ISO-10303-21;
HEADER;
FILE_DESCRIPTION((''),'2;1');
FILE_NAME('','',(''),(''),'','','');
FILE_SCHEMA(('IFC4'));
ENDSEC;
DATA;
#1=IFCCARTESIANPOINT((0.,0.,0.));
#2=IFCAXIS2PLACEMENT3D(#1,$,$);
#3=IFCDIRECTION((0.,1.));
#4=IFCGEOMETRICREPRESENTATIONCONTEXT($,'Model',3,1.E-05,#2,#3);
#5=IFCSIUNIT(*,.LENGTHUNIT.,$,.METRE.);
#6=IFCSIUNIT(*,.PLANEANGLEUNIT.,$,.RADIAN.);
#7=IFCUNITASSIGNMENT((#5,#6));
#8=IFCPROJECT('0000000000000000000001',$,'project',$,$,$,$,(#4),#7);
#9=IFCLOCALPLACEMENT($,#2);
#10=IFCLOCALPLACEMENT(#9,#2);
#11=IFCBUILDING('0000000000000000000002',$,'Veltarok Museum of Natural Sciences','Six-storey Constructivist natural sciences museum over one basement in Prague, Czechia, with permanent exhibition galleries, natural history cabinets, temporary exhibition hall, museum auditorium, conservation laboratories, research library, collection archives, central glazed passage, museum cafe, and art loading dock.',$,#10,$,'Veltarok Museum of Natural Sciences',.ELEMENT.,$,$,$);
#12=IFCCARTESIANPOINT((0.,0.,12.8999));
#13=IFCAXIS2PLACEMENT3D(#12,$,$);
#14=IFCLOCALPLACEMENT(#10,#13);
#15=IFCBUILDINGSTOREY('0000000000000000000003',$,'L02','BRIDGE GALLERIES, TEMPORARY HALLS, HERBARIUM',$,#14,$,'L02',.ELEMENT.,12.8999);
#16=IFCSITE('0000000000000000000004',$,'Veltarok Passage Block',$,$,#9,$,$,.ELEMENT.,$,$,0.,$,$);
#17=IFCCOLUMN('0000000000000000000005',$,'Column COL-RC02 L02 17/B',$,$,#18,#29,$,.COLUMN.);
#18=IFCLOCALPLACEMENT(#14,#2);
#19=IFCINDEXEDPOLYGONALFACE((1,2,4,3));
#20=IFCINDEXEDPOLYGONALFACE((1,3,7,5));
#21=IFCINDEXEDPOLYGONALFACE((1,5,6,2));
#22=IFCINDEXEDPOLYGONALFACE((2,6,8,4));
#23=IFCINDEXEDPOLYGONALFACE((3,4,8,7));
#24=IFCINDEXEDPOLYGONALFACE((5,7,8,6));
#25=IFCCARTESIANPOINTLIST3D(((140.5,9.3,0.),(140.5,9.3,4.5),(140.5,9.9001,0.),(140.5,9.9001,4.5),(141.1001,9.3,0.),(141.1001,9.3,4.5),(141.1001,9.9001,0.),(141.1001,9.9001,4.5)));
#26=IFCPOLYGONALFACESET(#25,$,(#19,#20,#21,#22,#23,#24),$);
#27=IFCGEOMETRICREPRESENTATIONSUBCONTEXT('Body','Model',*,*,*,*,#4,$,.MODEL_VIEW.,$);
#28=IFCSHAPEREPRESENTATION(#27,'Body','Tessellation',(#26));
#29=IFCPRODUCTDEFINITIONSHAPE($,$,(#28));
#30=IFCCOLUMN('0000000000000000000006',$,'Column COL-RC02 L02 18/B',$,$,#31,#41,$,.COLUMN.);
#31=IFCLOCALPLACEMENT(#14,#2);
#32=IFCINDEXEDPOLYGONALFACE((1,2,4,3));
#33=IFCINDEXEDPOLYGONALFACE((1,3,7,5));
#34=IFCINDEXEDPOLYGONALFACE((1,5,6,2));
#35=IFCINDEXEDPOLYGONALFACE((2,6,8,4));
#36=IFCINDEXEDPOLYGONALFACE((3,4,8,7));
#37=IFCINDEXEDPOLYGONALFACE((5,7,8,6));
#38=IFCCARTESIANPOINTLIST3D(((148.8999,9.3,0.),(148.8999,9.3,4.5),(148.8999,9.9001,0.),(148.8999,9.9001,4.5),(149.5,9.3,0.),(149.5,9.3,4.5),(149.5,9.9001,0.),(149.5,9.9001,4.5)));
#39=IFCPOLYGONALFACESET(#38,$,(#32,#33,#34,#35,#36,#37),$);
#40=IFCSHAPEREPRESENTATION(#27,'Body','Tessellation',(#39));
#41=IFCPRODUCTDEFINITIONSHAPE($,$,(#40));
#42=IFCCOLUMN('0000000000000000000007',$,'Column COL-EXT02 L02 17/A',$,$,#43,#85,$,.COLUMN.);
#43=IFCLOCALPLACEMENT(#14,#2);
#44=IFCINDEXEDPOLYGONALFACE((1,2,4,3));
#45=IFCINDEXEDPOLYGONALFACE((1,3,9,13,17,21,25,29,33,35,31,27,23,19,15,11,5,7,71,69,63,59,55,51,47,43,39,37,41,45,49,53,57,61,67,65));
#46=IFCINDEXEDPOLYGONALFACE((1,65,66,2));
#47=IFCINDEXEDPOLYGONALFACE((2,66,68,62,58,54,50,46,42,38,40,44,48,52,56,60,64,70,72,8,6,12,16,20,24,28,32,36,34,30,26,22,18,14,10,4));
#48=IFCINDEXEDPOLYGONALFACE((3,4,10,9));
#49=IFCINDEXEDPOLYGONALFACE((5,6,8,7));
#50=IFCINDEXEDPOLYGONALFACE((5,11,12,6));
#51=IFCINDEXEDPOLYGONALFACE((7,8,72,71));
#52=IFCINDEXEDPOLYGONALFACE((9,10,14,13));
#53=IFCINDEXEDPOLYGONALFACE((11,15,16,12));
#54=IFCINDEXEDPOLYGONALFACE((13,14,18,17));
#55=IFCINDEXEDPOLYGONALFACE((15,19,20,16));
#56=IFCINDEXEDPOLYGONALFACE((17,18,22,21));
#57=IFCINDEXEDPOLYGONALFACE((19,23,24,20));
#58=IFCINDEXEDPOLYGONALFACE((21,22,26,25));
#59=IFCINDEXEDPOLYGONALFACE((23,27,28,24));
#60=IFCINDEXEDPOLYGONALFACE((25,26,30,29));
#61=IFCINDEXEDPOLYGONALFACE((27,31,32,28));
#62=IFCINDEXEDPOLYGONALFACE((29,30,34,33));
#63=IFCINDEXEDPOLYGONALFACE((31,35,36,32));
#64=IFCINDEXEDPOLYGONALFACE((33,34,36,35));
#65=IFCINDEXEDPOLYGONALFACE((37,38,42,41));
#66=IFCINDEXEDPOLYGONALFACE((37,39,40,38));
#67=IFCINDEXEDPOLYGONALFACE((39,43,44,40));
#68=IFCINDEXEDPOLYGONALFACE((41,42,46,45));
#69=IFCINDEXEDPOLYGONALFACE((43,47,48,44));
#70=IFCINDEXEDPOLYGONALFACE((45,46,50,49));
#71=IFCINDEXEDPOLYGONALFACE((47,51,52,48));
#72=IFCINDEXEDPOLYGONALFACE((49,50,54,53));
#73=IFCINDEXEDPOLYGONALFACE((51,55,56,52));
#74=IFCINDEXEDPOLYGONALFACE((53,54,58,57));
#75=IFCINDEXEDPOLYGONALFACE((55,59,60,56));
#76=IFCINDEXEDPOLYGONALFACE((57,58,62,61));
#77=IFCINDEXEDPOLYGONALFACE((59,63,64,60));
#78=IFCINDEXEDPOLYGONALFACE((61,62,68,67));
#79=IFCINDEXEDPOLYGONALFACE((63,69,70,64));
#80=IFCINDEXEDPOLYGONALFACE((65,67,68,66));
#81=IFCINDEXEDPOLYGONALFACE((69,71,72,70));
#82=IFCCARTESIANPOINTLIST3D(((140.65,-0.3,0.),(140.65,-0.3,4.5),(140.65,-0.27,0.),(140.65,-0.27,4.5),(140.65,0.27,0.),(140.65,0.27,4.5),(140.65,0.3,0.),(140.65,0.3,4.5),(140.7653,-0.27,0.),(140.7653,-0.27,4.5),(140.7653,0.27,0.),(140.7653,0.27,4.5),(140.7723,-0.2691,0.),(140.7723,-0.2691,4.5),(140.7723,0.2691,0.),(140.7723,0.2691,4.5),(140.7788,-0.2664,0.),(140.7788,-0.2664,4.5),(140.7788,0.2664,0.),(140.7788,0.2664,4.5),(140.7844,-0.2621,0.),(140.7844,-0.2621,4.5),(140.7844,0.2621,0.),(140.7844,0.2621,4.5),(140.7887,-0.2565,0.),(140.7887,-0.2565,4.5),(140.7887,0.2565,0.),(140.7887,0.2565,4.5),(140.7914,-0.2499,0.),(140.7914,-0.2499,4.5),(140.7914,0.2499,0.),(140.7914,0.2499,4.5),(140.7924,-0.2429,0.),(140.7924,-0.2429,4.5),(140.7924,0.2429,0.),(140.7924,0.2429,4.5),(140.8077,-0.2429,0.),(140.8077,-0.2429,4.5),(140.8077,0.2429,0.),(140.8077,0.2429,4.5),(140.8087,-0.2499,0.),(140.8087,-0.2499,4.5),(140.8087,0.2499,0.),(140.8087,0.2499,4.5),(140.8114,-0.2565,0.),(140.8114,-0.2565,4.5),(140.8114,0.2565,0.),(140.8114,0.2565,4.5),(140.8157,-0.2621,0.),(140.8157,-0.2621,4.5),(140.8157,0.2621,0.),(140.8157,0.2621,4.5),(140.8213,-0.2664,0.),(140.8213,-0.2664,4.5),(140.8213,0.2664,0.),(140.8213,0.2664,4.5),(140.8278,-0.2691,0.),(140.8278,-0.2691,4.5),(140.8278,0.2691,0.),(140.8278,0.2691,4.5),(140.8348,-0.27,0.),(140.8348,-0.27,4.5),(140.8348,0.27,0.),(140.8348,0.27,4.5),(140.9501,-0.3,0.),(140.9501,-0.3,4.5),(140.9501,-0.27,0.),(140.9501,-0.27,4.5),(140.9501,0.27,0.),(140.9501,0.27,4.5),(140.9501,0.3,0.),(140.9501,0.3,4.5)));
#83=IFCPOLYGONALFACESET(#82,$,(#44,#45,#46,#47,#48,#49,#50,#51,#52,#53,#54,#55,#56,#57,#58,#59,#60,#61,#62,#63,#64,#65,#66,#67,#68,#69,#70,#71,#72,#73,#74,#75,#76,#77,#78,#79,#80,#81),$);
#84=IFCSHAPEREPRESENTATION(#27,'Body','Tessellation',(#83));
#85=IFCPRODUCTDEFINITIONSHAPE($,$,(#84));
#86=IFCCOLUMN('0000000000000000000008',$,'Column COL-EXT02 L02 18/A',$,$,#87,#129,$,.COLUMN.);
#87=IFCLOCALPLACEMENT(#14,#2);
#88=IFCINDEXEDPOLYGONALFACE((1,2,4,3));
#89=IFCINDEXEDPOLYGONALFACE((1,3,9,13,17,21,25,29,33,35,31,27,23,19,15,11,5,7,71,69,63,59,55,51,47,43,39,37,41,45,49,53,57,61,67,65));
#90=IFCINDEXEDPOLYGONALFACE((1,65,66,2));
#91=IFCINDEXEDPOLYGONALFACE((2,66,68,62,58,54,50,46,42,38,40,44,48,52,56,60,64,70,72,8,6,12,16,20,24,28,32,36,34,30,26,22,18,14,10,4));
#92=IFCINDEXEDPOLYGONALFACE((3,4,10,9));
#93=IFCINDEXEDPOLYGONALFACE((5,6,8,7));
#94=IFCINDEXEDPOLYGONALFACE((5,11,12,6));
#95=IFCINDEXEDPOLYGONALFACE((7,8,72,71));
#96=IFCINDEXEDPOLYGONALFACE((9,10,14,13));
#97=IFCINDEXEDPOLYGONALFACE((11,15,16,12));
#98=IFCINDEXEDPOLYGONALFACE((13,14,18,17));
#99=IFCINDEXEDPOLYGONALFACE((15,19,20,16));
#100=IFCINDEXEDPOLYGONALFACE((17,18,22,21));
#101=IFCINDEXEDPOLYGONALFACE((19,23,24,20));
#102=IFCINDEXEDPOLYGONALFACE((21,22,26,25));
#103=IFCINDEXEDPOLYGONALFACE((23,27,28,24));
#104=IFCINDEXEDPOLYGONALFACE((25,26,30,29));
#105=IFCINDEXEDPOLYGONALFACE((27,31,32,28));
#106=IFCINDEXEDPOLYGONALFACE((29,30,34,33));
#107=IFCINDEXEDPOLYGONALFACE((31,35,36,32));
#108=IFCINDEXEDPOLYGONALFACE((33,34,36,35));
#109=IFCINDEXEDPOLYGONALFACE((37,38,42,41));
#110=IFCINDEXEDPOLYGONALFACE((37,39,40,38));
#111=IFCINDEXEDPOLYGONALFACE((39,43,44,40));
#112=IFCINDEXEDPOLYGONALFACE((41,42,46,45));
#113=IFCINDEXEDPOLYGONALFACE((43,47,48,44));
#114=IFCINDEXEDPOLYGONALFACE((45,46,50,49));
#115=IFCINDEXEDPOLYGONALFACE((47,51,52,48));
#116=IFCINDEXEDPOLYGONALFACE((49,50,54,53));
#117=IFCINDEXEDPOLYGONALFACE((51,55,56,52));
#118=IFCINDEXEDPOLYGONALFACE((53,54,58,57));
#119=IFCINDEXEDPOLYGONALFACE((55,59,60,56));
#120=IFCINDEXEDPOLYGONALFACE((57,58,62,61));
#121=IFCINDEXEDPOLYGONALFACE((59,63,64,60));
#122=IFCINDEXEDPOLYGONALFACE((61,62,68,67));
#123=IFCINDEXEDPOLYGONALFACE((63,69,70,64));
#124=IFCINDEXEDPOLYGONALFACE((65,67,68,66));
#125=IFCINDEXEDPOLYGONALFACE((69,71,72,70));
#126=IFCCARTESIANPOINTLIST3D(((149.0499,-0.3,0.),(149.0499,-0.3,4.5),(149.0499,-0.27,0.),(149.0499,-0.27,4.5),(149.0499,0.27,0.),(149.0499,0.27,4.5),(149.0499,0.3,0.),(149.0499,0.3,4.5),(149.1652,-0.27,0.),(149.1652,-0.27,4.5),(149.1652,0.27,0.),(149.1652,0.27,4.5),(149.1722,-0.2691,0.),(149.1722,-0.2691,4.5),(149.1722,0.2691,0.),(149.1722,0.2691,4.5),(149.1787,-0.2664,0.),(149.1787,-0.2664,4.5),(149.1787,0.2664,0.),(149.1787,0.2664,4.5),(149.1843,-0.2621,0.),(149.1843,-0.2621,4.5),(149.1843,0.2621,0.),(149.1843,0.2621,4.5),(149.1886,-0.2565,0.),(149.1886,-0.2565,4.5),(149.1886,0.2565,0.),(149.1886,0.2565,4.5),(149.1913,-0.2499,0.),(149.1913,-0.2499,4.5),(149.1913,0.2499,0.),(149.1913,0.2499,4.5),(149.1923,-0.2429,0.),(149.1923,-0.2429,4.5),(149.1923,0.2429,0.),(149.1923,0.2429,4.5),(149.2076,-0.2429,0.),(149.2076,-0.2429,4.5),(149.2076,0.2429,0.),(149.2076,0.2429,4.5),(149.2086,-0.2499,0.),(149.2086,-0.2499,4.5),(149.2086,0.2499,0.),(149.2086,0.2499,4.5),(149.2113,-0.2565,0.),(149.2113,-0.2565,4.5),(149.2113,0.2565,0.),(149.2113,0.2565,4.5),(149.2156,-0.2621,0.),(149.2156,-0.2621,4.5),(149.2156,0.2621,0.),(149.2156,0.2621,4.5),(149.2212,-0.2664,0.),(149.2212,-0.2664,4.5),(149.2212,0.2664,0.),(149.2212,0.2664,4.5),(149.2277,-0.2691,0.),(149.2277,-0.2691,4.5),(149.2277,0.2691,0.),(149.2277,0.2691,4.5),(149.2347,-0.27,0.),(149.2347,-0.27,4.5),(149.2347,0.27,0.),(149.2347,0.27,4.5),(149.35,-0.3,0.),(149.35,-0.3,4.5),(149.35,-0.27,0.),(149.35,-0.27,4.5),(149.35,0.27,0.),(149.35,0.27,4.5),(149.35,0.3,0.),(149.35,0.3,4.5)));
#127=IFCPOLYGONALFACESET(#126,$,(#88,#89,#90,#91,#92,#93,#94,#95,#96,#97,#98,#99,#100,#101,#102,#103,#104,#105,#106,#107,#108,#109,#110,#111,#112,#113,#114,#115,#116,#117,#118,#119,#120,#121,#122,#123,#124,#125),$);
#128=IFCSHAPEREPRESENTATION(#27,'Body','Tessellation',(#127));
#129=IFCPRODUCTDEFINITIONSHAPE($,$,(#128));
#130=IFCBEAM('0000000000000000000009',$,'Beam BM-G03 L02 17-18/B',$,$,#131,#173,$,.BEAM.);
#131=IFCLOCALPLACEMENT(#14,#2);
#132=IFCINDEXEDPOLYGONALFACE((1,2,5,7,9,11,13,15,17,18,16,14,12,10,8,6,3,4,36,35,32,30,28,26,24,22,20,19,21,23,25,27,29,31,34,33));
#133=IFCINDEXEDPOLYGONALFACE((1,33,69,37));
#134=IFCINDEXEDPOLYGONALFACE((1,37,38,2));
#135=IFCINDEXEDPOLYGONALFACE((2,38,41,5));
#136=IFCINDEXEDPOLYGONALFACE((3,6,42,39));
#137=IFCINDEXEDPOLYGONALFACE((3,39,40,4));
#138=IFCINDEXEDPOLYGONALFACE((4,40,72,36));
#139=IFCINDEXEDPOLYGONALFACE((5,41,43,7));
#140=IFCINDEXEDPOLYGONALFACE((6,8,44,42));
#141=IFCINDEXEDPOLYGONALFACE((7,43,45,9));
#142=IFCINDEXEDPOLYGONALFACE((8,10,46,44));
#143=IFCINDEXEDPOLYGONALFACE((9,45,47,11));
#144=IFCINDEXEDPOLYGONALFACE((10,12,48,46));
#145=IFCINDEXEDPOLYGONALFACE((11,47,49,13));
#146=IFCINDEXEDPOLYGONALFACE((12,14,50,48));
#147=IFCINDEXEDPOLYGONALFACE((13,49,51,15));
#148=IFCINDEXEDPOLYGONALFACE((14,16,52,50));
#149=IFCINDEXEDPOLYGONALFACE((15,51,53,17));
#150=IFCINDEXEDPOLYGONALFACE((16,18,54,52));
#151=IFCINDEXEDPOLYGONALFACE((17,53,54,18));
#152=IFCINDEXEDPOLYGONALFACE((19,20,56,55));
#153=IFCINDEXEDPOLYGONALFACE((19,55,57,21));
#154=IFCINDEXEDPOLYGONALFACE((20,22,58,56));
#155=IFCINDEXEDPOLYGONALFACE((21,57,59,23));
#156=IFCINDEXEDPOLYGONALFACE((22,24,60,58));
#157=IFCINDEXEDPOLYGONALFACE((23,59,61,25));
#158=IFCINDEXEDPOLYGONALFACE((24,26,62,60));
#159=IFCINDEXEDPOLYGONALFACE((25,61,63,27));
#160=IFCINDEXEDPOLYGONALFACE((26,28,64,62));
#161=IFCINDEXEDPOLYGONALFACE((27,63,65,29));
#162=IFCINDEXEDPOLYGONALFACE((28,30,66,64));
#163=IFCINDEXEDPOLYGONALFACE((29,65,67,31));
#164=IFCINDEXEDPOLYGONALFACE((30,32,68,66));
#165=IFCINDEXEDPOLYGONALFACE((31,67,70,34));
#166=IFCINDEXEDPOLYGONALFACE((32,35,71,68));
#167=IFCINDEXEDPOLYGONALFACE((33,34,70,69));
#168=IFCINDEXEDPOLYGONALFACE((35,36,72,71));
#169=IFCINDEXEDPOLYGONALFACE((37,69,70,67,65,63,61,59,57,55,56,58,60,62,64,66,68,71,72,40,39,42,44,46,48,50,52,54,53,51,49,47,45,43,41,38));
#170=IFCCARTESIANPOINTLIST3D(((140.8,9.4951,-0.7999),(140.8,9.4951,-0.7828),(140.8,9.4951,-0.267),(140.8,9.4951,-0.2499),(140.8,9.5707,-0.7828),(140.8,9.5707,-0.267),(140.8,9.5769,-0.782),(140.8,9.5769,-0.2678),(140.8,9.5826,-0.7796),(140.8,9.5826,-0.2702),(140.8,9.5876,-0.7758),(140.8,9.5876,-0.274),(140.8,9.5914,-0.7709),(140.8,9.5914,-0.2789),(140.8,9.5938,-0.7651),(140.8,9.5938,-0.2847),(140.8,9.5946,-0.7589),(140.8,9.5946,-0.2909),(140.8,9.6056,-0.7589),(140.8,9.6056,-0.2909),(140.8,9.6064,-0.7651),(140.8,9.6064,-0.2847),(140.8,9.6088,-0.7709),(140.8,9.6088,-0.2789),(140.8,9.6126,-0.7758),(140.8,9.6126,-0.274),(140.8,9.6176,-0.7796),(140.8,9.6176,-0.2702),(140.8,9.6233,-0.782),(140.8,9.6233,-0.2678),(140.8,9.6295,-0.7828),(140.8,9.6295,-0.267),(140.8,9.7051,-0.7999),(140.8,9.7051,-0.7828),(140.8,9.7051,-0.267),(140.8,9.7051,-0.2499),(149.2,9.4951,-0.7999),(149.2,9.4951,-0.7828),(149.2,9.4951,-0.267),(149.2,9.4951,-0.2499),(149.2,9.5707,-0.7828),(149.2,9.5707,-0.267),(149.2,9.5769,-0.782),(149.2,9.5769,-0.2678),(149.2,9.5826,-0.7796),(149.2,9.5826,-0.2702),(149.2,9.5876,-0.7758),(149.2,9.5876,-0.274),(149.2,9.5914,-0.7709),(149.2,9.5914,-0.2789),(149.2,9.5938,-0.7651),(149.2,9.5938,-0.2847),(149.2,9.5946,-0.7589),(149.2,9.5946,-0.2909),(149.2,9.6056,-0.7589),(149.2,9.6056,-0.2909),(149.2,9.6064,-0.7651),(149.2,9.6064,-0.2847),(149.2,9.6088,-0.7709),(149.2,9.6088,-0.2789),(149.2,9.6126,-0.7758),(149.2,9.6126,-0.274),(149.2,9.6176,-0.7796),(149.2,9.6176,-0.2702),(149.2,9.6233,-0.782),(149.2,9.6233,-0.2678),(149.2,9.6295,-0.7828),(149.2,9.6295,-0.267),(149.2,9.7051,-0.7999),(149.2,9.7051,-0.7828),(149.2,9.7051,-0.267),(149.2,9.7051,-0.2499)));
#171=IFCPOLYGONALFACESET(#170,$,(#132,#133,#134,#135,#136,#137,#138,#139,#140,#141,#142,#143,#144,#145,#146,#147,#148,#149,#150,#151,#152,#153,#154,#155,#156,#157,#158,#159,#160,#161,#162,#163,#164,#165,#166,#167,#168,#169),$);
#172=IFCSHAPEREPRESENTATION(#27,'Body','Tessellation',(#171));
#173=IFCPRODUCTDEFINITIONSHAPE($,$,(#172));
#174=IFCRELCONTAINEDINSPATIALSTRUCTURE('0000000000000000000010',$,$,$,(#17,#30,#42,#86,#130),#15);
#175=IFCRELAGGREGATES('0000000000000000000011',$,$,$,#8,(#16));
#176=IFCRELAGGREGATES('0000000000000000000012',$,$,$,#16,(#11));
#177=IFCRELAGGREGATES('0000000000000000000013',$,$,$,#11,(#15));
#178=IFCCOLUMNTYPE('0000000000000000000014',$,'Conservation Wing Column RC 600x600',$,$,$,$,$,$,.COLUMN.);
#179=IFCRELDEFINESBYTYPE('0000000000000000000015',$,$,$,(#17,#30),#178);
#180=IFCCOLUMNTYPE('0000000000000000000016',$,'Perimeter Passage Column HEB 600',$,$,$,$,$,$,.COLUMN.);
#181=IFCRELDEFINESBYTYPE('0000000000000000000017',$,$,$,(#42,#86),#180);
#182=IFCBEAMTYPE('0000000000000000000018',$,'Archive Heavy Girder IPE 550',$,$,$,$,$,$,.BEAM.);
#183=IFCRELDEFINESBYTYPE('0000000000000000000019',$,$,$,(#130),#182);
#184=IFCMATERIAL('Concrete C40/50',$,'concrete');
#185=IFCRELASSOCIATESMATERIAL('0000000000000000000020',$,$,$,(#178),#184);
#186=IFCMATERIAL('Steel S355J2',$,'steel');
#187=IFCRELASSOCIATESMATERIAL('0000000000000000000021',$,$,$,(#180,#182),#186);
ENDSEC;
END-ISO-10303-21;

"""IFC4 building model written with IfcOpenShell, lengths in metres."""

from ifc_helpers import new_model, si_unit, direction, frame, origin, origin_2d, place, context, subcontext, project, spatial, rectangle, i_section, extrude, material, material_profile, profile_set, type_object, element, save


model = new_model("IFC4")

# Units and contexts
model_context = context("Model", 3, precision=1e-05, world=origin(), true_north=direction((0.0, 1.0)))
body_context = subcontext(model_context, "Body", "Model", "MODEL_VIEW")
ifc_project = project(units=[si_unit("LENGTHUNIT", "METRE"), si_unit("PLANEANGLEUNIT", "RADIAN")], contexts=[model_context])

# Site, building, storey
site_placement = place(None, origin())
site = spatial("IfcSite", under=ifc_project, at=site_placement, Name="Veltarok Passage Block", CompositionType="ELEMENT", RefElevation=0.0)
building_placement = place(site_placement, origin())
building = spatial("IfcBuilding", under=site, at=building_placement, Name="Veltarok Museum of Natural Sciences", Description="Six-storey Constructivist natural sciences museum over one basement in Prague, Czechia, with permanent exhibition galleries, natural history cabinets, temporary exhibition hall, museum auditorium, conservation laboratories, research library, collection archives, central glazed passage, museum cafe, and art loading dock.", LongName="Veltarok Museum of Natural Sciences", CompositionType="ELEMENT")
storey_placement = place(building_placement, frame((0.0, 0.0, 12.8999)))
storey = spatial("IfcBuildingStorey", under=building, at=storey_placement, Name="L02", Description="BRIDGE GALLERIES, TEMPORARY HALLS, HERBARIUM", LongName="L02", CompositionType="ELEMENT", Elevation=12.8999)

# Columns
ifc_material_1 = material(Name="Concrete C40/50", Category="concrete")
ifc_material_profile_1 = material_profile(ifc_material_1, rectangle(XDim=0.6001, YDim=0.6001, at=origin_2d()), Name="RC 600x600")
ifc_profile_set_1 = profile_set([ifc_material_profile_1], Name="Concrete C40/50")
column_type_1 = type_object("IfcColumnType", Name="Conservation Wing Column RC 600x600", PredefinedType="COLUMN", material=ifc_profile_set_1)
for number, where, z_axis, x_axis, name in (
    (1, (140.8, 9.6001, 0.0), (0.0, 0.0, 1.0), (1.0, 0.0, 0.0), "Column COL-RC02 L02 17/B"),
    (2, (149.2, 9.6001, 0.0), (0.0, 0.0, 1.0), (1.0, 0.0, 0.0), "Column COL-RC02 L02 18/B"),
):
    element("IfcColumn", number, at=place(storey_placement, frame(where, z_axis=z_axis, x_axis=x_axis)), inside=storey, type_object=column_type_1, Name=name, PredefinedType="COLUMN", context=body_context, shape_type="SweptSolid", body=[
        extrude(rectangle(XDim=0.6001, YDim=0.6001, at=origin_2d()), origin(), (0.0, 0.0, 1.0), 4.5),
    ])
ifc_material_2 = material(Name="Steel S355J2", Category="steel")
ifc_material_profile_2 = material_profile(ifc_material_2, i_section(OverallWidth=0.3, OverallDepth=0.6001, WebThickness=0.0154, FlangeThickness=0.03, FilletRadius=0.0271, at=origin_2d()), Name="HEB 600")
ifc_profile_set_2 = profile_set([ifc_material_profile_2], Name="Steel S355J2")
column_type_2 = type_object("IfcColumnType", Name="Perimeter Passage Column HEB 600", PredefinedType="COLUMN", material=ifc_profile_set_2)
for number, where, z_axis, x_axis, name in (
    (3, (140.8, 0.0, 0.0), (0.0, 0.0, 1.0), (1.0, 0.0, 0.0), "Column COL-EXT02 L02 17/A"),
    (4, (149.2, 0.0, 0.0), (0.0, 0.0, 1.0), (1.0, 0.0, 0.0), "Column COL-EXT02 L02 18/A"),
):
    element("IfcColumn", number, at=place(storey_placement, frame(where, z_axis=z_axis, x_axis=x_axis)), inside=storey, type_object=column_type_2, Name=name, PredefinedType="COLUMN", context=body_context, shape_type="SweptSolid", body=[
        extrude(i_section(OverallWidth=0.3, OverallDepth=0.6001, WebThickness=0.0154, FlangeThickness=0.03, FilletRadius=0.0271, at=origin_2d()), origin(), (0.0, 0.0, 1.0), 4.5),
    ])

# Beam
ifc_material_profile_3 = material_profile(ifc_material_2, i_section(OverallWidth=0.21, OverallDepth=0.55, WebThickness=0.011, FlangeThickness=0.0171, FilletRadius=0.0239, at=origin_2d()), Name="IPE 550")
ifc_profile_set_3 = profile_set([ifc_material_profile_3], Name="Steel S355J2")
beam_type_1 = type_object("IfcBeamType", Name="Archive Heavy Girder IPE 550", PredefinedType="BEAM", material=ifc_profile_set_3)
beam_1_placement = place(storey_placement, frame((140.8, 9.6001, -0.5249), z_axis=(1.0, 0.0, 0.0), x_axis=(0.0, 1.0, 0.0)))
element("IfcBeam", 5, at=beam_1_placement, inside=storey, type_object=beam_type_1, Name="Beam BM-G03 L02 17-18/B", PredefinedType="BEAM", context=body_context, shape_type="SweptSolid", body=[
    extrude(i_section(OverallWidth=0.21, OverallDepth=0.55, WebThickness=0.011, FlangeThickness=0.0171, FilletRadius=0.0239, at=origin_2d()), origin(), (0.0, 0.0, 1.0), 8.3999),
])

save(model, "model.ifc")
